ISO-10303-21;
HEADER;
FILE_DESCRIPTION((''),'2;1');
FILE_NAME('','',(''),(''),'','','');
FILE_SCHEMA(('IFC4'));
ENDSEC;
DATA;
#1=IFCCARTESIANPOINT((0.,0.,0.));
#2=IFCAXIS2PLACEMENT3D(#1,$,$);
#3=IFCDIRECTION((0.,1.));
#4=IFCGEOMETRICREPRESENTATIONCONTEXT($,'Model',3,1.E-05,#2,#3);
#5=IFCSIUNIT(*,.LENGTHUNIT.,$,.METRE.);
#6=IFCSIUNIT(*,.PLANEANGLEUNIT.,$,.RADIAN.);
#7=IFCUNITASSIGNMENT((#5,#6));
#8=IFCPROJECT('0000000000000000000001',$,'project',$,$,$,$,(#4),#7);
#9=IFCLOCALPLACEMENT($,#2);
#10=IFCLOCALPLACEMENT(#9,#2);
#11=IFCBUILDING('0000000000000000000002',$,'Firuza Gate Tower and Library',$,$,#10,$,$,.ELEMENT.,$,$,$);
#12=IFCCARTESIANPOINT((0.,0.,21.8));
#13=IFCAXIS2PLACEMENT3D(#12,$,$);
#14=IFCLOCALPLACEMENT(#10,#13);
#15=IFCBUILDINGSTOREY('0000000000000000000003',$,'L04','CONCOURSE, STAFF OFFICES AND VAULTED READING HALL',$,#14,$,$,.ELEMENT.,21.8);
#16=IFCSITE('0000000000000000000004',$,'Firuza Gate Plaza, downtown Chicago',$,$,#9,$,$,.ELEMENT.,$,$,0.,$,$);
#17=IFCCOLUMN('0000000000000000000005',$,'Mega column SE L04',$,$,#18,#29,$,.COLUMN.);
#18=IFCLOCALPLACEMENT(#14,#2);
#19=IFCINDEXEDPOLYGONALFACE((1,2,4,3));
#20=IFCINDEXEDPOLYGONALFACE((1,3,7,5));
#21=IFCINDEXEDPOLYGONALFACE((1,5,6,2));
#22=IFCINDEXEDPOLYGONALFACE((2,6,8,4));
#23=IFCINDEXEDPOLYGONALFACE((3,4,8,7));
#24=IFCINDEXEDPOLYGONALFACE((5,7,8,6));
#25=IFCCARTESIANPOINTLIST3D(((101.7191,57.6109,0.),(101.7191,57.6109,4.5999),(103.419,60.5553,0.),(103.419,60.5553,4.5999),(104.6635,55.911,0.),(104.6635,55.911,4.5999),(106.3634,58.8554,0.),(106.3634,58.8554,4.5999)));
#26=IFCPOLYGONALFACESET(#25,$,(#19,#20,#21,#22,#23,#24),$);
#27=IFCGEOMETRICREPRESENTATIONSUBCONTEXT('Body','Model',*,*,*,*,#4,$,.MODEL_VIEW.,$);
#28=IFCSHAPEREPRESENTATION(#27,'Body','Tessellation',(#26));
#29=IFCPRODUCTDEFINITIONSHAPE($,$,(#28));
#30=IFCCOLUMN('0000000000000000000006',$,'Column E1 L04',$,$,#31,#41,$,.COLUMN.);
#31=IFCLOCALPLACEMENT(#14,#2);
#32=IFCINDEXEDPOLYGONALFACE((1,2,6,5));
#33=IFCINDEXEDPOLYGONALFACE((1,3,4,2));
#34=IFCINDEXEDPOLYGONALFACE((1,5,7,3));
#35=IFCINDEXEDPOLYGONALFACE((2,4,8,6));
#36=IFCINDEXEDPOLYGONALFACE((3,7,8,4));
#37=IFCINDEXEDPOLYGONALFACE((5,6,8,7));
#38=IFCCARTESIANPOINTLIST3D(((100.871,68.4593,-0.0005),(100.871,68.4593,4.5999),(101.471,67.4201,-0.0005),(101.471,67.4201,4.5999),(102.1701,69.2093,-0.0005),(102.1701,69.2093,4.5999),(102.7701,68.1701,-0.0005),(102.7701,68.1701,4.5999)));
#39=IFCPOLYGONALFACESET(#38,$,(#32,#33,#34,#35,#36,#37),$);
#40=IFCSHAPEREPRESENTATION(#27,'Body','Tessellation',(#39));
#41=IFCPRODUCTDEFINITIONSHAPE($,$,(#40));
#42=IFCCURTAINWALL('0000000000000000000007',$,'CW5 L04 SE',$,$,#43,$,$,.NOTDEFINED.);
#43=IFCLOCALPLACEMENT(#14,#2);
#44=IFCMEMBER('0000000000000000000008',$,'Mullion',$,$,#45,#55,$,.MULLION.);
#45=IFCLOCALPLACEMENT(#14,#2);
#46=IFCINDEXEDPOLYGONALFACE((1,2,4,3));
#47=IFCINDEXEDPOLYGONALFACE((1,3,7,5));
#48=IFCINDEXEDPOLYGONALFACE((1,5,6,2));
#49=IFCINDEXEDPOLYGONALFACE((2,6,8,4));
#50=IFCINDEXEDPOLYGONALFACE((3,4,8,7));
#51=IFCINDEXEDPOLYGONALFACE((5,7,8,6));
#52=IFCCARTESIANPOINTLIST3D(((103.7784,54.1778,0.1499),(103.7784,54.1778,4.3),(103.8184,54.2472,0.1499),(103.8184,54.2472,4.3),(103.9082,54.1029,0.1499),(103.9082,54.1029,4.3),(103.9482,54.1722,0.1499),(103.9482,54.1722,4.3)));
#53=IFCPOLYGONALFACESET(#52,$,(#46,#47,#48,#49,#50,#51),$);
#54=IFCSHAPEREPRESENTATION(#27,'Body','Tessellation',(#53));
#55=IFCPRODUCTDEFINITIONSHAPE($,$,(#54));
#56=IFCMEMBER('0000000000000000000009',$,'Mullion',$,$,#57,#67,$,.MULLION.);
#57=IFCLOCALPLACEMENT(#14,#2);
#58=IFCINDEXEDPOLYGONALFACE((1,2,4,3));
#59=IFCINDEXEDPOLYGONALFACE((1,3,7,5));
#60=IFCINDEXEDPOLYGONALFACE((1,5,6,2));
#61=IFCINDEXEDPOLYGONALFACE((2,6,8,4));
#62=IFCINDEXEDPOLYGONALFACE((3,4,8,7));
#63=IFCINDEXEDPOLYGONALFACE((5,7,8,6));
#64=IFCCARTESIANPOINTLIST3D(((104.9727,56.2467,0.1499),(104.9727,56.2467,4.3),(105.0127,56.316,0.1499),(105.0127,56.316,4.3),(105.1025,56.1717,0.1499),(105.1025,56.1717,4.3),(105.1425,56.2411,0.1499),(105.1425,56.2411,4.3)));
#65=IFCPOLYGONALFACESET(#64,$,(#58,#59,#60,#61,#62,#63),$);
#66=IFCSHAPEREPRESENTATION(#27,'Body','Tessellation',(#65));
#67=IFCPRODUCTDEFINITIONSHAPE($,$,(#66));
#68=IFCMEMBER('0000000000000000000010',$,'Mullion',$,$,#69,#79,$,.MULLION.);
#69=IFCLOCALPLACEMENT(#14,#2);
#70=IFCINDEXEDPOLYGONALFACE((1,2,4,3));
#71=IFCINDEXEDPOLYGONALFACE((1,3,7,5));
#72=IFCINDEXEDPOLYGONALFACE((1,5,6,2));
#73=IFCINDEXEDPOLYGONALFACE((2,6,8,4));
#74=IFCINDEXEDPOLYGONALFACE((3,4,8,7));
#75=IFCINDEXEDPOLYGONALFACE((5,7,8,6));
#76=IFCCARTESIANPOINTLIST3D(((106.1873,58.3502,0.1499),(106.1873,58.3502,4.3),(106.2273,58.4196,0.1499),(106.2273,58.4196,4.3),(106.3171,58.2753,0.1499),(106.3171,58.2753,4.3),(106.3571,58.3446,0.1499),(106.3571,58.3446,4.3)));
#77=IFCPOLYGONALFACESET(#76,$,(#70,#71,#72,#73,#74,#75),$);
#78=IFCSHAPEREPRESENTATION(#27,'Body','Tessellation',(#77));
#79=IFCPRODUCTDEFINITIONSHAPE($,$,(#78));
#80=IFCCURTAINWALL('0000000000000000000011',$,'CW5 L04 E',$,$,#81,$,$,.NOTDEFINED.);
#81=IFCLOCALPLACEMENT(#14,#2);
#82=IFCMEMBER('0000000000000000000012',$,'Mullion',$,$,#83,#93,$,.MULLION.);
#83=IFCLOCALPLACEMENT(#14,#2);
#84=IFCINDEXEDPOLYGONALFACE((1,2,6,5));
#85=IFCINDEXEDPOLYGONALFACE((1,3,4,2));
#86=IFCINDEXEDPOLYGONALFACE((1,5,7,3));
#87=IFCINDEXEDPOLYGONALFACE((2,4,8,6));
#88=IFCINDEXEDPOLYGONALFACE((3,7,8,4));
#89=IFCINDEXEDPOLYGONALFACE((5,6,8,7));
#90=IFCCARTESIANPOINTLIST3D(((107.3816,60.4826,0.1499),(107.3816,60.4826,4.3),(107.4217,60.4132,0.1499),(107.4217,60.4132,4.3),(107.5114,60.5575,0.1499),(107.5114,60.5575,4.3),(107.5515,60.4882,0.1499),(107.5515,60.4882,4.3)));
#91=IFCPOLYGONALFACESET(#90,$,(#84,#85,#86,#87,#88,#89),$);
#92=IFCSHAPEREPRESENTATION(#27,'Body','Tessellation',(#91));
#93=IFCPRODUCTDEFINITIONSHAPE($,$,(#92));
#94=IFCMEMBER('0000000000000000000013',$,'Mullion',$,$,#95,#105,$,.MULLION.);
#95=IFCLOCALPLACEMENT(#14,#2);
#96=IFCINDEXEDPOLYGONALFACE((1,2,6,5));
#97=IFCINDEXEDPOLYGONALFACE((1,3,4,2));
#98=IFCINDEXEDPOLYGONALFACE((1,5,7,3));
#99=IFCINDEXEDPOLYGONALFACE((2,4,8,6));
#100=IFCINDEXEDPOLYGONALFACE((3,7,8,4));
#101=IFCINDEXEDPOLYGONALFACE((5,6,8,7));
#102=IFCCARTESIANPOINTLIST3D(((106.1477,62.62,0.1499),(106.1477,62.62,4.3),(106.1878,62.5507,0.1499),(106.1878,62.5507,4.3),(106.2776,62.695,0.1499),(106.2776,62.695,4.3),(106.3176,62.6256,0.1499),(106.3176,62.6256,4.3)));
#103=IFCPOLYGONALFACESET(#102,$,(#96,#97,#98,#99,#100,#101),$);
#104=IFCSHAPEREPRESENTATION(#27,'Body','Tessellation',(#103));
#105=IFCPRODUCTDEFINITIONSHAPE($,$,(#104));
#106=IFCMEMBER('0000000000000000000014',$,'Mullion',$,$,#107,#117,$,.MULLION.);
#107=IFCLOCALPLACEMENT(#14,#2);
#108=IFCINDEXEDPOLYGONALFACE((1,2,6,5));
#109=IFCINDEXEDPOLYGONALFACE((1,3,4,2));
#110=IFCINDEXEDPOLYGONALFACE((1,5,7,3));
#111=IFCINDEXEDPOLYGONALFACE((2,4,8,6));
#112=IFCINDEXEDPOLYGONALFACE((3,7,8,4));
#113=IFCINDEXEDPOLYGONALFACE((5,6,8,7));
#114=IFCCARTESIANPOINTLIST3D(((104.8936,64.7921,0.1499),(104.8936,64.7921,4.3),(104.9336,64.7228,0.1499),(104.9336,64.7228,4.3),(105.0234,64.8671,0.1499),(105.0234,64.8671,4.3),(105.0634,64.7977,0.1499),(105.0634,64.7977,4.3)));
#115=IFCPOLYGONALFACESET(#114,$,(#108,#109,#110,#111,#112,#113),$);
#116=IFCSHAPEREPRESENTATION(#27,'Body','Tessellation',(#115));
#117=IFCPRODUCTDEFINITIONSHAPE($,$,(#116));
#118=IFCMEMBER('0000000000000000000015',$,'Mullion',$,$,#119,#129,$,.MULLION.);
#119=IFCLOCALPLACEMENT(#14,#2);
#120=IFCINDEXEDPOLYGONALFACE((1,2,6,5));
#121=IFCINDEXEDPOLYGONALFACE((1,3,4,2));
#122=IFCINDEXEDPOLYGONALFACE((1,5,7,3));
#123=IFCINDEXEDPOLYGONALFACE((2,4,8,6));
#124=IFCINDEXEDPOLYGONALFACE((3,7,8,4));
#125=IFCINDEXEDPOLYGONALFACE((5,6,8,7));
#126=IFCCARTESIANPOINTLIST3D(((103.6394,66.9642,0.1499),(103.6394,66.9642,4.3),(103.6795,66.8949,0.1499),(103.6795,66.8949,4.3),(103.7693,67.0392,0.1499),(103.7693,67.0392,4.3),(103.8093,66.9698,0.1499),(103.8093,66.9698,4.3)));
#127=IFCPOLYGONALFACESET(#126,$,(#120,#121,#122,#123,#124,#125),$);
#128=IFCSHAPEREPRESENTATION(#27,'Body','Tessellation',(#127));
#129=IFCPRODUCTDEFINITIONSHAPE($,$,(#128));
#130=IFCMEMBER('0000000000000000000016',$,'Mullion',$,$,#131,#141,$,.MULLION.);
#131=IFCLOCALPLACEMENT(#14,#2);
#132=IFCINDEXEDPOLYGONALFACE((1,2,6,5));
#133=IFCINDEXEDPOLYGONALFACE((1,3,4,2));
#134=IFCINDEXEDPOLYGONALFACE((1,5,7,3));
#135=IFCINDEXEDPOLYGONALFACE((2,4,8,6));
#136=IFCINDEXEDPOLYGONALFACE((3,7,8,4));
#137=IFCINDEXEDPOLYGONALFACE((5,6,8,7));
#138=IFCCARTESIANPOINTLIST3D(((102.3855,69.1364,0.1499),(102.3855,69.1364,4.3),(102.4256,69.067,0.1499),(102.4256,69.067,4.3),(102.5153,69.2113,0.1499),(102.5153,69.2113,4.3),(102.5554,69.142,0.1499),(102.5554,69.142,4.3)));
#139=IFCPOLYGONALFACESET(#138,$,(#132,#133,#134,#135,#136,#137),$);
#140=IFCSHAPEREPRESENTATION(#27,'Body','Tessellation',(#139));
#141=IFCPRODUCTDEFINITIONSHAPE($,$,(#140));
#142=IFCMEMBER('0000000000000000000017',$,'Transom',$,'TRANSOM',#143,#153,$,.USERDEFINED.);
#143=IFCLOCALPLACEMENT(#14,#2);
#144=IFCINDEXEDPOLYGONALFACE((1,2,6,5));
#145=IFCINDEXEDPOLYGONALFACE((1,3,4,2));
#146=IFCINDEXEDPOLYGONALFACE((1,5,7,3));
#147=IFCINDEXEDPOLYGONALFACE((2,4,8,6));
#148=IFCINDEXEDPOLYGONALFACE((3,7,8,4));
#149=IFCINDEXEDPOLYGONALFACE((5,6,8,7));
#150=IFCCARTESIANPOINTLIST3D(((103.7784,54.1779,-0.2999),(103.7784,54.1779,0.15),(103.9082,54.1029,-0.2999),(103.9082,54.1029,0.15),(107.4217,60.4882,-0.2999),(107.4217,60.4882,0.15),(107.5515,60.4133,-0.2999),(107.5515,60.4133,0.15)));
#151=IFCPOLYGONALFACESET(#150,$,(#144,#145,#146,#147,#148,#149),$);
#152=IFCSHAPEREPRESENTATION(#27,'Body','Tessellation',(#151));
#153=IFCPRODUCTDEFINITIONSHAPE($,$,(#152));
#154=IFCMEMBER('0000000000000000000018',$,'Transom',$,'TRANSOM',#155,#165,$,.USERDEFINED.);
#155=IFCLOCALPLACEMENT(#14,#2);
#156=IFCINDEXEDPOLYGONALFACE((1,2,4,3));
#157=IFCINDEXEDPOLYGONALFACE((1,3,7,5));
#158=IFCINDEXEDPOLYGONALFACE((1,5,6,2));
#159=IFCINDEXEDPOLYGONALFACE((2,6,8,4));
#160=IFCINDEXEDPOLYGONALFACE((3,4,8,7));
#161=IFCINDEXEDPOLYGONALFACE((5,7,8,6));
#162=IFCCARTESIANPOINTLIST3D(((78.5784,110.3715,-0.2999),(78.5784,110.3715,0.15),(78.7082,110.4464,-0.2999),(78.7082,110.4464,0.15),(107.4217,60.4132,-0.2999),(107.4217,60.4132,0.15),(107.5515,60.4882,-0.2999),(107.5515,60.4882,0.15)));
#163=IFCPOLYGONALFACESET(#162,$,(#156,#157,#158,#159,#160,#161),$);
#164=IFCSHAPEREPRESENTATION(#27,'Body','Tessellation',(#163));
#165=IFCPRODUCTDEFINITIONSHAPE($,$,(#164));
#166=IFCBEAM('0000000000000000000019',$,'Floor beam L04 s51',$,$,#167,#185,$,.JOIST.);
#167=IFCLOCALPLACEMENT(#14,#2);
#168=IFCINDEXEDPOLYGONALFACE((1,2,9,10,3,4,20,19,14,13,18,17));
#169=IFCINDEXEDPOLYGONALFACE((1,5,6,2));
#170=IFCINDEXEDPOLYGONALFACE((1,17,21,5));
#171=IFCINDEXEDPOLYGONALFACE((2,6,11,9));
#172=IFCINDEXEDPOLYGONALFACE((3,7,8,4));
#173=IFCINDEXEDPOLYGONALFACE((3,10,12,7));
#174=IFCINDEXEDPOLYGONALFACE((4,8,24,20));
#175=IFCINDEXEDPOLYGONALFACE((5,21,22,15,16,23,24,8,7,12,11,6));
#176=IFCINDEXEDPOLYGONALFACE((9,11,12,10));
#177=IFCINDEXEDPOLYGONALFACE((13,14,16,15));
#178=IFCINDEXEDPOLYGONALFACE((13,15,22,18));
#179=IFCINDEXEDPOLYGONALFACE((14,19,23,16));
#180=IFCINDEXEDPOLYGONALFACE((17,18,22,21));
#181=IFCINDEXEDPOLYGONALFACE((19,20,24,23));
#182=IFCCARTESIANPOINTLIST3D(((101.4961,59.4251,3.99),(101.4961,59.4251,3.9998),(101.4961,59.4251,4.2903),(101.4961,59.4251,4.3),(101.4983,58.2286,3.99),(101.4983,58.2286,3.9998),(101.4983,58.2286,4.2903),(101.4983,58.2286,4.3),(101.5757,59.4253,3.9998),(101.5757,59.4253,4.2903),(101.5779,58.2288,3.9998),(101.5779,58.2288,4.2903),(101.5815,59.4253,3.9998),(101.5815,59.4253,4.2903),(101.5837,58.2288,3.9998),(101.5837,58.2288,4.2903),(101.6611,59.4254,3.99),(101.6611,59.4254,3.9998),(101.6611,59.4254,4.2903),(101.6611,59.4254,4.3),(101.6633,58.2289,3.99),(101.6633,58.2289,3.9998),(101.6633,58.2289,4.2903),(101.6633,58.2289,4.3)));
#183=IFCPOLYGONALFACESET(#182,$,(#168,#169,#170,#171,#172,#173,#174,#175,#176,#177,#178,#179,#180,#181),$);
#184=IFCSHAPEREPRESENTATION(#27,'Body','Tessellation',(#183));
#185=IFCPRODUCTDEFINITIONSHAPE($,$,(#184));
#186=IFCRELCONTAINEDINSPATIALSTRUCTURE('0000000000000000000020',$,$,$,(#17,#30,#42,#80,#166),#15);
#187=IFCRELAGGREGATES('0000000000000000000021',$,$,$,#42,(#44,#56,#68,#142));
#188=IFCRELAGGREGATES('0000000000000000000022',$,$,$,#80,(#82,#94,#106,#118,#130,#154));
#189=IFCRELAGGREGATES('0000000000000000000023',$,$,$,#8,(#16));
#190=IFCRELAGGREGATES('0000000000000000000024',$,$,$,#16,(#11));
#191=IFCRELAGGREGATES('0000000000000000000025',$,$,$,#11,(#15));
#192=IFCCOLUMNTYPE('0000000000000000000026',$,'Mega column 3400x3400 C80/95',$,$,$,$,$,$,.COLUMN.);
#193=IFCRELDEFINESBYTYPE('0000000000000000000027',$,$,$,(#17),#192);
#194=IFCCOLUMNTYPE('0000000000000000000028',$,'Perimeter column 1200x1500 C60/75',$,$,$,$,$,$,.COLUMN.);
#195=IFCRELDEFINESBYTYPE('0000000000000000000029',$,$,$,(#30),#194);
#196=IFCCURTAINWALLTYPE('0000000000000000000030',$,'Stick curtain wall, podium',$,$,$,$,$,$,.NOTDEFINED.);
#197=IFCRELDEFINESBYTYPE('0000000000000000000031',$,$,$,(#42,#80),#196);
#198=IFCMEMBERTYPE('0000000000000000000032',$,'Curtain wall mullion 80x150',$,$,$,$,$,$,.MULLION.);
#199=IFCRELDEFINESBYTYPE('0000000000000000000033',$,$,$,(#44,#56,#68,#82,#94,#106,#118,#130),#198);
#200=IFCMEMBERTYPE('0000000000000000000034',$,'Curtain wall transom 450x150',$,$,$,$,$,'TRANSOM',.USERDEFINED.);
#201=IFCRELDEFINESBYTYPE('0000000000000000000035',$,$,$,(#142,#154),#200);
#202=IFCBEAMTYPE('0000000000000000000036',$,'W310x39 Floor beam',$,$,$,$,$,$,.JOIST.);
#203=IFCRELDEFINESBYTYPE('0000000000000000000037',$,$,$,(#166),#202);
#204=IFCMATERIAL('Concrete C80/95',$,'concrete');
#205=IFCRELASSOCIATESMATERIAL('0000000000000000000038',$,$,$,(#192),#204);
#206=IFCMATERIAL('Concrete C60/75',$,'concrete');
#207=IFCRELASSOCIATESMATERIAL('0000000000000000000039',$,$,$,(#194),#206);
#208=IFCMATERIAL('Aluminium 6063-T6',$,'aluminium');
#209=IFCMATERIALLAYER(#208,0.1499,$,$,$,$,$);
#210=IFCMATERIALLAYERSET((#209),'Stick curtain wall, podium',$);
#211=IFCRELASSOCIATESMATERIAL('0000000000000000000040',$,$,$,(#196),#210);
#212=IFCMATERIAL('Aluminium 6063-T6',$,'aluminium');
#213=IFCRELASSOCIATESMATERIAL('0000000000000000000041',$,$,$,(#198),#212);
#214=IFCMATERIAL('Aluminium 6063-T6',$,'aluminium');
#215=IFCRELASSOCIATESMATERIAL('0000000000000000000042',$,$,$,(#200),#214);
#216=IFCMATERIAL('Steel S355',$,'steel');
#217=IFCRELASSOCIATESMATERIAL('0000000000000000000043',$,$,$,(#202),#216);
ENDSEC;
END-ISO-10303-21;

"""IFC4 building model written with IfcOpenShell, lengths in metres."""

from ifc_helpers import new_model, si_unit, direction, frame, origin, origin_2d, place, context, subcontext, project, spatial, rectangle, i_section, extrude, material, layer, layer_set, material_profile, profile_set, type_object, element, aggregate, save


model = new_model("IFC4")

# Units and contexts
model_context = context("Model", 3, precision=1e-05, world=origin(), true_north=direction((0.0, 1.0)))
body_context = subcontext(model_context, "Body", "Model", "MODEL_VIEW")
ifc_project = project(units=[si_unit("LENGTHUNIT", "METRE"), si_unit("PLANEANGLEUNIT", "RADIAN")], contexts=[model_context])

# Site, building, storey
site_placement = place(None, origin())
site = spatial("IfcSite", under=ifc_project, at=site_placement, Name="Firuza Gate Plaza, downtown Chicago", CompositionType="ELEMENT", RefElevation=0.0)
building_placement = place(site_placement, origin())
building = spatial("IfcBuilding", under=site, at=building_placement, Name="Firuza Gate Tower and Library", CompositionType="ELEMENT")
storey_placement = place(building_placement, frame((0.0, 0.0, 21.8)))
storey = spatial("IfcBuildingStorey", under=building, at=storey_placement, Name="L04", Description="CONCOURSE, STAFF OFFICES AND VAULTED READING HALL", CompositionType="ELEMENT", Elevation=21.8)

# Columns
ifc_material_1 = material(Name="Concrete C80/95", Category="concrete")
ifc_material_profile_1 = material_profile(ifc_material_1, rectangle(XDim=3.3999, YDim=3.3999, at=origin_2d()))
ifc_profile_set_1 = profile_set([ifc_material_profile_1], Name="Concrete C80/95")
column_type_1 = type_object("IfcColumnType", Name="Mega column 3400x3400 C80/95", PredefinedType="COLUMN", material=ifc_profile_set_1)
column_1_placement = place(storey_placement, frame((104.0413, 58.2332, 0.0), z_axis=(0.0, 0.0, 1.0), x_axis=(0.5, 0.866025, 0.0)))
element("IfcColumn", 1, at=column_1_placement, inside=storey, type_object=column_type_1, Name="Mega column SE L04", PredefinedType="COLUMN", context=body_context, shape_type="SweptSolid", body=[
    extrude(rectangle(XDim=3.3999, YDim=3.3999, at=origin_2d()), origin(), (0.0, 0.0, 1.0), 4.5999),
])
ifc_material_2 = material(Name="Concrete C60/75", Category="concrete")
ifc_material_profile_2 = material_profile(ifc_material_2, rectangle(XDim=1.2, YDim=1.5, at=origin_2d()))
ifc_profile_set_2 = profile_set([ifc_material_profile_2], Name="Concrete C60/75")
column_type_2 = type_object("IfcColumnType", Name="Perimeter column 1200x1500 C60/75", PredefinedType="COLUMN", material=ifc_profile_set_2)
column_2_placement = place(storey_placement, frame((101.8206, 68.3147, -0.0005), z_axis=(0.0, 0.0, 1.0), x_axis=(-0.5, 0.866025, 0.0)))
element("IfcColumn", 2, at=column_2_placement, inside=storey, type_object=column_type_2, Name="Column E1 L04", PredefinedType="COLUMN", context=body_context, shape_type="SweptSolid", body=[
    extrude(rectangle(XDim=1.2, YDim=1.5, at=origin_2d()), origin(), (0.0, 0.0, 1.0), 4.6003),
])

# Curtain walls, members
ifc_material_3 = material(Name="Aluminium 6063-T6", Category="aluminium")
ifc_layer_1 = layer(ifc_material_3, 0.1499)
ifc_layer_set_1 = layer_set([ifc_layer_1], Name="Stick curtain wall, podium")
curtain_wall_type = type_object("IfcCurtainWallType", Name="Stick curtain wall, podium", PredefinedType="NOTDEFINED", material=ifc_layer_set_1)
placement = place(storey_placement, origin())
curtain_wall_1 = element("IfcCurtainWall", 3, at=placement, inside=storey, type_object=curtain_wall_type, Name="CW5 L04 SE", PredefinedType="NOTDEFINED")
ifc_material_4 = material(Name="Aluminium 6063-T6", Category="aluminium")
ifc_material_profile_3 = material_profile(ifc_material_4, rectangle(XDim=0.1499, YDim=0.0801, at=origin_2d()))
ifc_profile_set_3 = profile_set([ifc_material_profile_3], Name="Aluminium 6063-T6")
member_type_1 = type_object("IfcMemberType", Name="Curtain wall mullion 80x150", PredefinedType="MULLION", material=ifc_profile_set_3)
member_1_placement = place(storey_placement, frame((103.8633, 54.175, 0.1499), z_axis=(0.0, 0.0, 1.0), x_axis=(-0.866025, 0.5, 0.0)))
member_1 = element("IfcMember", 4, at=member_1_placement, type_object=member_type_1, Name="Mullion", PredefinedType="MULLION", context=body_context, shape_type="SweptSolid", body=[
    extrude(rectangle(XDim=0.1499, YDim=0.0801, at=origin_2d()), origin(), (0.0, 0.0, 1.0), 4.1501),
])
member_2_placement = place(storey_placement, frame((105.0576, 56.2439, 0.1499), z_axis=(0.0, 0.0, 1.0), x_axis=(-0.866025, 0.5, 0.0)))
member_2 = element("IfcMember", 5, at=member_2_placement, type_object=member_type_1, Name="Mullion", PredefinedType="MULLION", context=body_context, shape_type="SweptSolid", body=[
    extrude(rectangle(XDim=0.1499, YDim=0.0801, at=origin_2d()), origin(), (0.0, 0.0, 1.0), 4.1501),
])
member_3_placement = place(storey_placement, frame((106.2722, 58.3474, 0.1499), z_axis=(0.0, 0.0, 1.0), x_axis=(-0.866025, 0.5, 0.0)))
member_3 = element("IfcMember", 6, at=member_3_placement, type_object=member_type_1, Name="Mullion", PredefinedType="MULLION", context=body_context, shape_type="SweptSolid", body=[
    extrude(rectangle(XDim=0.1499, YDim=0.0801, at=origin_2d()), origin(), (0.0, 0.0, 1.0), 4.1501),
])
curtain_wall_2 = element("IfcCurtainWall", 7, at=placement, inside=storey, type_object=curtain_wall_type, Name="CW5 L04 E", PredefinedType="NOTDEFINED")
member_4_placement = place(storey_placement, frame((107.4666, 60.4854, 0.1499), z_axis=(0.0, 0.0, 1.0), x_axis=(-0.866025, -0.5, 0.0)))
member_4 = element("IfcMember", 8, at=member_4_placement, type_object=member_type_1, Name="Mullion", PredefinedType="MULLION", context=body_context, shape_type="SweptSolid", body=[
    extrude(rectangle(XDim=0.1499, YDim=0.0801, at=origin_2d()), origin(), (0.0, 0.0, 1.0), 4.1501),
])
member_5_placement = place(storey_placement, frame((106.2327, 62.6228, 0.1499), z_axis=(0.0, 0.0, 1.0), x_axis=(-0.866025, -0.5, 0.0)))
member_5 = element("IfcMember", 9, at=member_5_placement, type_object=member_type_1, Name="Mullion", PredefinedType="MULLION", context=body_context, shape_type="SweptSolid", body=[
    extrude(rectangle(XDim=0.1499, YDim=0.0801, at=origin_2d()), origin(), (0.0, 0.0, 1.0), 4.1501),
])
member_6_placement = place(storey_placement, frame((104.9785, 64.7949, 0.1499), z_axis=(0.0, 0.0, 1.0), x_axis=(-0.866025, -0.5, 0.0)))
member_6 = element("IfcMember", 10, at=member_6_placement, type_object=member_type_1, Name="Mullion", PredefinedType="MULLION", context=body_context, shape_type="SweptSolid", body=[
    extrude(rectangle(XDim=0.1499, YDim=0.0801, at=origin_2d()), origin(), (0.0, 0.0, 1.0), 4.1501),
])
member_7_placement = place(storey_placement, frame((103.7244, 66.967, 0.1499), z_axis=(0.0, 0.0, 1.0), x_axis=(-0.866025, -0.5, 0.0)))
member_7 = element("IfcMember", 11, at=member_7_placement, type_object=member_type_1, Name="Mullion", PredefinedType="MULLION", context=body_context, shape_type="SweptSolid", body=[
    extrude(rectangle(XDim=0.1499, YDim=0.0801, at=origin_2d()), origin(), (0.0, 0.0, 1.0), 4.1501),
])
member_8_placement = place(storey_placement, frame((102.4705, 69.1392, 0.1499), z_axis=(0.0, 0.0, 1.0), x_axis=(-0.866025, -0.5, 0.0)))
member_8 = element("IfcMember", 12, at=member_8_placement, type_object=member_type_1, Name="Mullion", PredefinedType="MULLION", context=body_context, shape_type="SweptSolid", body=[
    extrude(rectangle(XDim=0.1499, YDim=0.0801, at=origin_2d()), origin(), (0.0, 0.0, 1.0), 4.1501),
])

# Members
ifc_material_5 = material(Name="Aluminium 6063-T6", Category="aluminium")
ifc_material_profile_4 = material_profile(ifc_material_5, rectangle(XDim=0.1499, YDim=0.45, at=origin_2d()))
ifc_profile_set_4 = profile_set([ifc_material_profile_4], Name="Aluminium 6063-T6")
member_type_2 = type_object("IfcMemberType", Name="Curtain wall transom 450x150", ElementType="TRANSOM", PredefinedType="USERDEFINED", material=ifc_profile_set_4)
member_9_placement = place(storey_placement, frame((103.8433, 54.1404, -0.075), z_axis=(0.500006, 0.866022, 0.0), x_axis=(-0.866022, 0.500006, 0.0)))
member_9 = element("IfcMember", 13, at=member_9_placement, type_object=member_type_2, Name="Transom", ObjectType="TRANSOM", PredefinedType="USERDEFINED", context=body_context, shape_type="SweptSolid", body=[
    extrude(rectangle(XDim=0.1499, YDim=0.45, at=origin_2d()), origin(), (0.0, 0.0, 1.0), 7.2866),
])
member_10_placement = place(storey_placement, frame((107.4866, 60.4507, -0.075), z_axis=(-0.499998, 0.866027, 0.0), x_axis=(-0.866027, -0.499998, 0.0)))
member_10 = element("IfcMember", 14, at=member_10_placement, type_object=member_type_2, Name="Transom", ObjectType="TRANSOM", PredefinedType="USERDEFINED", context=body_context, shape_type="SweptSolid", body=[
    extrude(rectangle(XDim=0.1499, YDim=0.45, at=origin_2d()), origin(), (0.0, 0.0, 1.0), 57.6868),
])

# Beam
ifc_material_6 = material(Name="Steel S355", Category="steel")
ifc_material_profile_5 = material_profile(ifc_material_6, i_section(OverallWidth=0.165, OverallDepth=0.3101, WebThickness=0.0059, FlangeThickness=0.0098, at=origin_2d()))
ifc_profile_set_5 = profile_set([ifc_material_profile_5], Name="Steel S355")
beam_type_1 = type_object("IfcBeamType", Name="W310x39 Floor beam", PredefinedType="JOIST", material=ifc_profile_set_5)
beam_1_placement = place(storey_placement, frame((101.5808, 58.2288, 4.145), z_axis=(-0.001836, 0.999998, 0.0), x_axis=(-0.999998, -0.001836, 0.0)))
element("IfcBeam", 15, at=beam_1_placement, inside=storey, type_object=beam_type_1, Name="Floor beam L04 s51", PredefinedType="JOIST", context=body_context, shape_type="SweptSolid", body=[
    extrude(i_section(OverallWidth=0.165, OverallDepth=0.3101, WebThickness=0.0059, FlangeThickness=0.0098, at=origin_2d()), origin(), (0.0, 0.0, 1.0), 1.1965),
])

aggregate(curtain_wall_1, [member_1, member_2, member_3, member_9])
aggregate(curtain_wall_2, [member_4, member_5, member_6, member_7, member_8, member_10])

save(model, "model.ifc")
